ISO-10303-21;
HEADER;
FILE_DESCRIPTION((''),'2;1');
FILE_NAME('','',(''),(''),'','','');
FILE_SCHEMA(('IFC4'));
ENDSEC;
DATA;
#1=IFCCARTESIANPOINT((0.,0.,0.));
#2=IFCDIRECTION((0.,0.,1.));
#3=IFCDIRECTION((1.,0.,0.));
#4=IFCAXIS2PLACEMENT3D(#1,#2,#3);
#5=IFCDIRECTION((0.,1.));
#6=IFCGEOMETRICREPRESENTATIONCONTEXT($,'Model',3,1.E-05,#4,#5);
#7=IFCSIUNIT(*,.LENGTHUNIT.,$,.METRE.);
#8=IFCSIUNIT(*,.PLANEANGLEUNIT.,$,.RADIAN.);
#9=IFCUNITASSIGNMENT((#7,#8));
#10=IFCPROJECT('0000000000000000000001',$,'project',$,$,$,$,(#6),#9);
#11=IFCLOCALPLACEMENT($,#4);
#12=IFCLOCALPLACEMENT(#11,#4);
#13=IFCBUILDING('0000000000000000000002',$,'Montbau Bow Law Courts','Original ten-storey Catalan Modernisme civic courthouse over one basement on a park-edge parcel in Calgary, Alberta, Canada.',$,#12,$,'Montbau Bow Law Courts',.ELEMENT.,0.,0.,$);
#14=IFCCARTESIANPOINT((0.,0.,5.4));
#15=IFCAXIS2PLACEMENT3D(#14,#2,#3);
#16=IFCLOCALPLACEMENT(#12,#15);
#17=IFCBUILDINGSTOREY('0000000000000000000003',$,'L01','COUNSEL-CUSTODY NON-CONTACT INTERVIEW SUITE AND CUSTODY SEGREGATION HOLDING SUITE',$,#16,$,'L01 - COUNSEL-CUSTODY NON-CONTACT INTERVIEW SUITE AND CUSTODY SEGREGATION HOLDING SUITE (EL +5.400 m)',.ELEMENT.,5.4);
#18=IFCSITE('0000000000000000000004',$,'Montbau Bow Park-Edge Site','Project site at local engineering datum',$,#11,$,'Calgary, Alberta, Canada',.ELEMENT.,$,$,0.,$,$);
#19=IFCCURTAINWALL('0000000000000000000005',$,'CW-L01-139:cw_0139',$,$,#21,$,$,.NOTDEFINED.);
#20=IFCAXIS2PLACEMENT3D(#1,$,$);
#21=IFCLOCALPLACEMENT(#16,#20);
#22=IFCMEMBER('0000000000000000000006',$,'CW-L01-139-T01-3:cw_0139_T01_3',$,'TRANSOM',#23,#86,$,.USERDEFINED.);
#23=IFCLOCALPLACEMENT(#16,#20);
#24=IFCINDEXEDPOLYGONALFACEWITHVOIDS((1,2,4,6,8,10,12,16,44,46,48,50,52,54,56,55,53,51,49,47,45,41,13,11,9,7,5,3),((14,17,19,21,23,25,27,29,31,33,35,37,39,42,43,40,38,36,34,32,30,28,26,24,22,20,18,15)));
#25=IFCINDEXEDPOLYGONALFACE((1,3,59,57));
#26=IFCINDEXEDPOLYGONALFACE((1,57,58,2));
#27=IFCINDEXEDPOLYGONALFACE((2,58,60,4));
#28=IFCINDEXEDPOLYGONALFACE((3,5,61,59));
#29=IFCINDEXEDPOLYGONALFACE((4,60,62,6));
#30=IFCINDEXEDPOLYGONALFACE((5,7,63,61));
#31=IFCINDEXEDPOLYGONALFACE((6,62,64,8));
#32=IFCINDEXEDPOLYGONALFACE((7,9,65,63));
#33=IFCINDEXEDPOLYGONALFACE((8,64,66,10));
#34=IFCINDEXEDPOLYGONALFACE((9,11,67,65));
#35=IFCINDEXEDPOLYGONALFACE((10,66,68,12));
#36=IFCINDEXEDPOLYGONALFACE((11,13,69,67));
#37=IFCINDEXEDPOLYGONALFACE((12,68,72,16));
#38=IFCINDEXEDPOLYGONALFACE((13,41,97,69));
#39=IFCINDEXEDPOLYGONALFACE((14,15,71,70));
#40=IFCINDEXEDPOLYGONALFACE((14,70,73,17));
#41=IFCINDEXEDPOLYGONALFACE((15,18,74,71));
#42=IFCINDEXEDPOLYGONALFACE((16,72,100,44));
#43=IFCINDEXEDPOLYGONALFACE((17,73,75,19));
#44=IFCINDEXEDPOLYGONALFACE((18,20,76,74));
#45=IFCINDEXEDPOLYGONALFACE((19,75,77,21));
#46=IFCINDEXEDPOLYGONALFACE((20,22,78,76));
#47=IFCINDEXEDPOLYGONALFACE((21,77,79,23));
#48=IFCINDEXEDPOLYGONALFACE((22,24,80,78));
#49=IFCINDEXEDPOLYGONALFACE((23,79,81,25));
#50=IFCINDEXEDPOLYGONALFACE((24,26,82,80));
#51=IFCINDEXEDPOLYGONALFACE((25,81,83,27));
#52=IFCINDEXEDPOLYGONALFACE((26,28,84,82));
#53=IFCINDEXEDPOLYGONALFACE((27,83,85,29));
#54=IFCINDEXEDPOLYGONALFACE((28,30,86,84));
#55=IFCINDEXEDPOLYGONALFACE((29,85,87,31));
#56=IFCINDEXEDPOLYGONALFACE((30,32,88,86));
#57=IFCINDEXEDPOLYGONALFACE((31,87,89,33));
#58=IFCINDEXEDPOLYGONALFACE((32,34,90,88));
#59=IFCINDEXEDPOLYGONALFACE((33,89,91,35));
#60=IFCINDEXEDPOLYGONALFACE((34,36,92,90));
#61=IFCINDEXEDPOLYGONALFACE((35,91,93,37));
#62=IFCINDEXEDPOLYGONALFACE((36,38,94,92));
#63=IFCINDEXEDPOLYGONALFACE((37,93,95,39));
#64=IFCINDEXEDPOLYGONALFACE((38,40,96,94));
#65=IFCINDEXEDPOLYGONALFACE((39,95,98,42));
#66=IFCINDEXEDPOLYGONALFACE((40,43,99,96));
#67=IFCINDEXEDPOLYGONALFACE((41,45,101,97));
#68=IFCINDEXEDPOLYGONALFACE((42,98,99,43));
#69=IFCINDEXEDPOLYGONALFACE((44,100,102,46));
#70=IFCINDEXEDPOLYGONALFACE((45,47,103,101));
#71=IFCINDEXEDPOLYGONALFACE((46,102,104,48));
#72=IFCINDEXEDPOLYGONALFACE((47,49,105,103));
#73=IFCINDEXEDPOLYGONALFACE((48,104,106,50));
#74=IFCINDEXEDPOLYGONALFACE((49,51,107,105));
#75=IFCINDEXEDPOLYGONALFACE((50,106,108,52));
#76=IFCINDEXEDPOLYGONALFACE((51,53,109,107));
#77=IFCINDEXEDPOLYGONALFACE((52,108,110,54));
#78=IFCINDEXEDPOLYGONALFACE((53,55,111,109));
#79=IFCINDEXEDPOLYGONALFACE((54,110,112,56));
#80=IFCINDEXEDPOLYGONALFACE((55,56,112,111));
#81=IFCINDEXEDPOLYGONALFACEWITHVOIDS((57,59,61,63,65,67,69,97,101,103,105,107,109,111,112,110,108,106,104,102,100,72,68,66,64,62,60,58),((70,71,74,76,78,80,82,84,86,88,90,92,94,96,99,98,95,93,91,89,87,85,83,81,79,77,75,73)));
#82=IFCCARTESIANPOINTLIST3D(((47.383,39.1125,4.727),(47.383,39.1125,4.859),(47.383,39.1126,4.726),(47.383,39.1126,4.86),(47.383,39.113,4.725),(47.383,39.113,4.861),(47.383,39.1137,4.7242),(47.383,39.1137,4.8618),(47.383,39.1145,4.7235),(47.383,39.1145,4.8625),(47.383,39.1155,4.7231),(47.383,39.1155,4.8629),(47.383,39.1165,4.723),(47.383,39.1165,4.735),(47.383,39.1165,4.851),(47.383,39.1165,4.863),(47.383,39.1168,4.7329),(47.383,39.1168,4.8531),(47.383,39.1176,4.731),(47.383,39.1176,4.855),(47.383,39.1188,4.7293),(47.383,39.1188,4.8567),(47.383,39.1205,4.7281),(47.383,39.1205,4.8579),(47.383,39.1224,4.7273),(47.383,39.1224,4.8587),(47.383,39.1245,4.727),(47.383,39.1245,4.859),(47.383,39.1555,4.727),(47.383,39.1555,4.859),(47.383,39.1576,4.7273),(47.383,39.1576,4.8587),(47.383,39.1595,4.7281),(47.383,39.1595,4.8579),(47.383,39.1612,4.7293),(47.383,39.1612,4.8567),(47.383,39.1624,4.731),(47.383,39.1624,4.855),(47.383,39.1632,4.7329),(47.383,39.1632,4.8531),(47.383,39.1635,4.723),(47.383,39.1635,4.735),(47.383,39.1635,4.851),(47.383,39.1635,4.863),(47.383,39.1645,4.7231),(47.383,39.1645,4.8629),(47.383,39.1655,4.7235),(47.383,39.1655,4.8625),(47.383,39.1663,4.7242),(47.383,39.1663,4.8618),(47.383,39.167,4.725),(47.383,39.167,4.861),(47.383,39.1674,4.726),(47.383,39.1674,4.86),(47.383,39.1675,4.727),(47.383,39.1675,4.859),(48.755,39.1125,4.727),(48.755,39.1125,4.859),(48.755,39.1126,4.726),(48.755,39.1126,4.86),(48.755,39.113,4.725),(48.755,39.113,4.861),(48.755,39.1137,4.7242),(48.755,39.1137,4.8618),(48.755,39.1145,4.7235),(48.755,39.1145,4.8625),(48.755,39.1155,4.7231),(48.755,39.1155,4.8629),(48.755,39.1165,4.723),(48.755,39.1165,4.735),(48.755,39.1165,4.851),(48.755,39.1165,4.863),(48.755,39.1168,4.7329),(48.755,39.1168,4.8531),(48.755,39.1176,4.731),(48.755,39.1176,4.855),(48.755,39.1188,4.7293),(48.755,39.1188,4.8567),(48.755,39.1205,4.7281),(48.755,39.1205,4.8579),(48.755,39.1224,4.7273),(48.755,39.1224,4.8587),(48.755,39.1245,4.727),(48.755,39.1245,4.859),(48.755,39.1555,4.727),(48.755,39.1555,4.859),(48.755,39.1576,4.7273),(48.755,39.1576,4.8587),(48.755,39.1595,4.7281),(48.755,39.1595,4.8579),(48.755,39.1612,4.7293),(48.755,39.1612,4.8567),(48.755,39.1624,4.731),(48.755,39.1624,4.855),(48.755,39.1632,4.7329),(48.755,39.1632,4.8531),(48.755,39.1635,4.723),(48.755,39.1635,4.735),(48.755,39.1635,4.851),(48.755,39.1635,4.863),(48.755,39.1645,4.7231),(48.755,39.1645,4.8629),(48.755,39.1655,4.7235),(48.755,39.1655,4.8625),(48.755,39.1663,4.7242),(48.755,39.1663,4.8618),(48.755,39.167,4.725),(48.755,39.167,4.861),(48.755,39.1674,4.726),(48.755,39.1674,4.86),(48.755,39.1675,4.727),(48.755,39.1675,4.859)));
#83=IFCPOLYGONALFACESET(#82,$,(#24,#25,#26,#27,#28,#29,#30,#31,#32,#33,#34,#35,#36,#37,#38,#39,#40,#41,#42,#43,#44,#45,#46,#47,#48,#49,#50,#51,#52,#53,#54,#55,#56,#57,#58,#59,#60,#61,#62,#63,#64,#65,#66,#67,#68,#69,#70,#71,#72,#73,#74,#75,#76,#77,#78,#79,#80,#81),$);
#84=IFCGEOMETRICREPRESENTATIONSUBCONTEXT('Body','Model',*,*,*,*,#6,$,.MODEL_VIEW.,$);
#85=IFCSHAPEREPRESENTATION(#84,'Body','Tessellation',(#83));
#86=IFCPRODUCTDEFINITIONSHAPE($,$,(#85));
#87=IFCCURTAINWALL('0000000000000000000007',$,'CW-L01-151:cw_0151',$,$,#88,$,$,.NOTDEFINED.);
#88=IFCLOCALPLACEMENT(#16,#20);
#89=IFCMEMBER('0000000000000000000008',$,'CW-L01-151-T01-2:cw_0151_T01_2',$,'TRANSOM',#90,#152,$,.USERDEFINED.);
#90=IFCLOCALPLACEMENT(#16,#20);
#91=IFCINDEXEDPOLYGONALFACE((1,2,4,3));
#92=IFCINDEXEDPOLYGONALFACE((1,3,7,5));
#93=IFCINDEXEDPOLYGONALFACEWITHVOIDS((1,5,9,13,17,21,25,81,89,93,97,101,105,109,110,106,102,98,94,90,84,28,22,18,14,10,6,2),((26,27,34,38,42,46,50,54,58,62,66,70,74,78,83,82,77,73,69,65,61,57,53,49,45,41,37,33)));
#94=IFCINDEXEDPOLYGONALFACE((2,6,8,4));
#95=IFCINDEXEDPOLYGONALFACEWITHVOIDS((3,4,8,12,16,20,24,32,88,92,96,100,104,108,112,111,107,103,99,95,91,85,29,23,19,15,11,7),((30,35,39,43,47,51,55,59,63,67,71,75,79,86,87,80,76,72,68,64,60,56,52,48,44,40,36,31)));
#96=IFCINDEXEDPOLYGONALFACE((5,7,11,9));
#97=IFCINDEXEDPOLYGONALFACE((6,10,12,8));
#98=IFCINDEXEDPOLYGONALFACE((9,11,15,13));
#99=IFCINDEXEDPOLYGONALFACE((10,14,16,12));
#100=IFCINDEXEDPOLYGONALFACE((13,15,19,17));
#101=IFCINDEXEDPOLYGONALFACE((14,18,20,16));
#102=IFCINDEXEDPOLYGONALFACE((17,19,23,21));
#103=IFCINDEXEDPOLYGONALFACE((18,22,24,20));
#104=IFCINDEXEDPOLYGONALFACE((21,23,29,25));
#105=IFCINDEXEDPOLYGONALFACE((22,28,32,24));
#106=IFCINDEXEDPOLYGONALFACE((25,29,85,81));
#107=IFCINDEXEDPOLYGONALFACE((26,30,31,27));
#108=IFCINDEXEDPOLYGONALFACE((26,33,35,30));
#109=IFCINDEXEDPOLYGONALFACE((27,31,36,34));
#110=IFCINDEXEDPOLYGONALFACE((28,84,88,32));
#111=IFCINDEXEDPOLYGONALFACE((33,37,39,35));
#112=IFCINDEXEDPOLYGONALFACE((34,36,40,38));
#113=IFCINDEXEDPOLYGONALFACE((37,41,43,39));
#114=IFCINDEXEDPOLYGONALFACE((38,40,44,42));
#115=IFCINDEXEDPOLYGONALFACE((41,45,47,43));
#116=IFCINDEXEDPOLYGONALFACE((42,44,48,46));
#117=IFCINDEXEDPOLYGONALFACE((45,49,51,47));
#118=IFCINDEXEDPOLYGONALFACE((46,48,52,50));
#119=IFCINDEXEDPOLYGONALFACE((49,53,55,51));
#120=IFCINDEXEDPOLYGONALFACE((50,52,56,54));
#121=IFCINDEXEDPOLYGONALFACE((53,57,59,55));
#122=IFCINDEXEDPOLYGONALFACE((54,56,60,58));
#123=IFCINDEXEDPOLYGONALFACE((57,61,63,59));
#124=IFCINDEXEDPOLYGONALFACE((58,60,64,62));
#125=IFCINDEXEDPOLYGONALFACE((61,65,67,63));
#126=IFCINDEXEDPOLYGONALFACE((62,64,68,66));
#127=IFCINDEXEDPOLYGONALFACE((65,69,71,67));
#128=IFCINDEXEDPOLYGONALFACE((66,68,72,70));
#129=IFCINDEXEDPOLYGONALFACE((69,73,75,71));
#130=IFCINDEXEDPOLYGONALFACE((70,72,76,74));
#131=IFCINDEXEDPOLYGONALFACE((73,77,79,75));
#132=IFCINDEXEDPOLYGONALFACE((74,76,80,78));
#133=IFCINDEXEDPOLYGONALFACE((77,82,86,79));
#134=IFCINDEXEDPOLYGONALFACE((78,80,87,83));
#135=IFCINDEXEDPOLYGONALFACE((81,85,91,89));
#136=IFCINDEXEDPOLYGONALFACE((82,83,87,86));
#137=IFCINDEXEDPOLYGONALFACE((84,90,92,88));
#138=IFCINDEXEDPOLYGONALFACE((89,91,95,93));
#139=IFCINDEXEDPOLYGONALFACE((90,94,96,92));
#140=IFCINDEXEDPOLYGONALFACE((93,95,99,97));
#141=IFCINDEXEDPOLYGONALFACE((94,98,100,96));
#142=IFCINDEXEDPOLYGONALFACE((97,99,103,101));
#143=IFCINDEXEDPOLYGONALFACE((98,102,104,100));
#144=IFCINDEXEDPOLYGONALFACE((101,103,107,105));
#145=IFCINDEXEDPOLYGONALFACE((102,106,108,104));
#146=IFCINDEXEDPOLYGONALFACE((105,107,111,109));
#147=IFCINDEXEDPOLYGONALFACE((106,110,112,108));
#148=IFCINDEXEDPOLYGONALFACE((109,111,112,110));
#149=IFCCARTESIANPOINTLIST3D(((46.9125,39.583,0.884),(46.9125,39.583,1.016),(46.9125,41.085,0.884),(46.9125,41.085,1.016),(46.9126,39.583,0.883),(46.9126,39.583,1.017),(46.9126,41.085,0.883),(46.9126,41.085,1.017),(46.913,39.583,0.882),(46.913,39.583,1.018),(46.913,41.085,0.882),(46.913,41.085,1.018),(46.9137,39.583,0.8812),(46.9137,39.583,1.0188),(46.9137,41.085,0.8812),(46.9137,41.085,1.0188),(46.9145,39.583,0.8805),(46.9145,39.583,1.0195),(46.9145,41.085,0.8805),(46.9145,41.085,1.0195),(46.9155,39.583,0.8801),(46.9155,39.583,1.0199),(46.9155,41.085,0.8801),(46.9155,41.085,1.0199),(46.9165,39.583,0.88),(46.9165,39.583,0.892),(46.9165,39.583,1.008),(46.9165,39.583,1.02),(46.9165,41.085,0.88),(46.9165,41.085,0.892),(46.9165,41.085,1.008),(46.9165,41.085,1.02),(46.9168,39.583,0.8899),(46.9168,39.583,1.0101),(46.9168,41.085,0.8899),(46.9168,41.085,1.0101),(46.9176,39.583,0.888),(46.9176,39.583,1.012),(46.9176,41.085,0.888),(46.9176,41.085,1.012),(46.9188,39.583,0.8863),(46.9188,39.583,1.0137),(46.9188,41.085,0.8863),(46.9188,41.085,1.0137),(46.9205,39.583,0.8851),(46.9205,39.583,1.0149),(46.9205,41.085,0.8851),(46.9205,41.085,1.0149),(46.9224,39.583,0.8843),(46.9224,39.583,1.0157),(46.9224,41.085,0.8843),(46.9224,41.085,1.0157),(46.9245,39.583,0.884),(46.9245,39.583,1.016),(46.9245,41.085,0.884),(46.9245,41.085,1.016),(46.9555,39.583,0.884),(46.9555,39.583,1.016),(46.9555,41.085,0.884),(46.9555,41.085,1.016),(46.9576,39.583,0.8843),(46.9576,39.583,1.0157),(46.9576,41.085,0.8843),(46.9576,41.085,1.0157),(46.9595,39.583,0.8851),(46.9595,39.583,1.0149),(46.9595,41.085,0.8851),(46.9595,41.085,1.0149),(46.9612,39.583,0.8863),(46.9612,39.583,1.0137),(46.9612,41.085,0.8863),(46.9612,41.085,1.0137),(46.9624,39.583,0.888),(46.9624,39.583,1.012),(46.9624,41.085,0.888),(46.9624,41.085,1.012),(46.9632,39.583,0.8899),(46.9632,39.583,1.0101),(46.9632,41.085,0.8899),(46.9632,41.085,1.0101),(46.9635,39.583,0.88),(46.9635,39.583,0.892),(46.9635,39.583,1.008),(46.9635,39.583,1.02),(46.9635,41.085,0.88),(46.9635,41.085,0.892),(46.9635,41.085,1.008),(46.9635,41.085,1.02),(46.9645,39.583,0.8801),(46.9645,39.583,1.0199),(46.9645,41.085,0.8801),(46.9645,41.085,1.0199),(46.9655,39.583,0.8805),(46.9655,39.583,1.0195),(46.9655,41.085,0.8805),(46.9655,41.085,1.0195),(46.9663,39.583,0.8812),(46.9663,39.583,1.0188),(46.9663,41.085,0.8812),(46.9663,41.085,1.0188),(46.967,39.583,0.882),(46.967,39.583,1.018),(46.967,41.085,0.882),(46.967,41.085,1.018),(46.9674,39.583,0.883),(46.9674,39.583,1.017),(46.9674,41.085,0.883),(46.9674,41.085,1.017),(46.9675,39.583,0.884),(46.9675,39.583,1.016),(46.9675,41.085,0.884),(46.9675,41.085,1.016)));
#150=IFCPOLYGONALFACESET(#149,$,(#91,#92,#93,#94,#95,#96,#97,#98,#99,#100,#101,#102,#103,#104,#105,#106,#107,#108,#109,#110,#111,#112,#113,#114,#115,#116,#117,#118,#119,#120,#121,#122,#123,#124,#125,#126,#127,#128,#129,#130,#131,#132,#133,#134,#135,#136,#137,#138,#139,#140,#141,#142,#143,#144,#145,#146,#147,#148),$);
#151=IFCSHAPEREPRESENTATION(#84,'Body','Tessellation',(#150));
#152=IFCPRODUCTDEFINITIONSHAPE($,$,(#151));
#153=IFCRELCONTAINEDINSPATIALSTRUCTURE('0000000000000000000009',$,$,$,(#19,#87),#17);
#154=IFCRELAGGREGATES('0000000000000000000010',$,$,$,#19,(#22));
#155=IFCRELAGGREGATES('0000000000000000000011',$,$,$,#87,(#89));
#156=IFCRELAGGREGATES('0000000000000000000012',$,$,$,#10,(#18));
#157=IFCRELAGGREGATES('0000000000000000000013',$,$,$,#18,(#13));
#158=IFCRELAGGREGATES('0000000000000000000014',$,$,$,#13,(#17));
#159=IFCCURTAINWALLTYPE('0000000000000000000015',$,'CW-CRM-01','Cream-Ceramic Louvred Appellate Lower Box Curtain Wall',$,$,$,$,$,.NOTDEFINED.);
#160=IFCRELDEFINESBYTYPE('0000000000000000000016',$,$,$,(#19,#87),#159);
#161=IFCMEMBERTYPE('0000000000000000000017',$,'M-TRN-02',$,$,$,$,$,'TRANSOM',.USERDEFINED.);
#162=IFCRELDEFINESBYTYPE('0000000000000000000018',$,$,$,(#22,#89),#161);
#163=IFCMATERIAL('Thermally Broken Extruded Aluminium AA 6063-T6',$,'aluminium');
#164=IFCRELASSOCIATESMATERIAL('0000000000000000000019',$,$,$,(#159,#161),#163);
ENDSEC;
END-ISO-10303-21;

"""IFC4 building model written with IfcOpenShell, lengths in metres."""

from ifc_helpers import new_model, si_unit, direction, frame, origin_with_axes, origin_2d_with_axis, place, context, subcontext, project, spatial, hollow_rectangle, extrude, material, material_profile, profile_set, type_object, element, aggregate, save


model = new_model("IFC4")

# Units and contexts
model_context = context("Model", 3, precision=1e-05, world=origin_with_axes(), true_north=direction((0.0, 1.0)))
body_context = subcontext(model_context, "Body", "Model", "MODEL_VIEW")
ifc_project = project(units=[si_unit("LENGTHUNIT", "METRE"), si_unit("PLANEANGLEUNIT", "RADIAN")], contexts=[model_context])

# Site, building, storey
site_placement = place(None, origin_with_axes())
site = spatial("IfcSite", under=ifc_project, at=site_placement, Name="Montbau Bow Park-Edge Site", Description="Project site at local engineering datum", LongName="Calgary, Alberta, Canada", CompositionType="ELEMENT", RefElevation=0.0)
building_placement = place(site_placement, origin_with_axes())
building = spatial("IfcBuilding", under=site, at=building_placement, Name="Montbau Bow Law Courts", Description="Original ten-storey Catalan Modernisme civic courthouse over one basement on a park-edge parcel in Calgary, Alberta, Canada.", LongName="Montbau Bow Law Courts", CompositionType="ELEMENT", ElevationOfRefHeight=0.0, ElevationOfTerrain=0.0)
storey_placement = place(building_placement, frame((0.0, 0.0, 5.4), z_axis=(0.0, 0.0, 1.0), x_axis=(1.0, 0.0, 0.0)))
storey = spatial("IfcBuildingStorey", under=building, at=storey_placement, Name="L01", Description="COUNSEL-CUSTODY NON-CONTACT INTERVIEW SUITE AND CUSTODY SEGREGATION HOLDING SUITE", LongName="L01 - COUNSEL-CUSTODY NON-CONTACT INTERVIEW SUITE AND CUSTODY SEGREGATION HOLDING SUITE (EL +5.400 m)", CompositionType="ELEMENT", Elevation=5.4)

# Curtain walls, members
ifc_material_1 = material(Name="Thermally Broken Extruded Aluminium AA 6063-T6", Category="aluminium")
curtain_wall_type_1 = type_object("IfcCurtainWallType", Name="CW-CRM-01", Description="Cream-Ceramic Louvred Appellate Lower Box Curtain Wall", PredefinedType="NOTDEFINED", material=ifc_material_1)
curtain_wall_1_placement = place(None, frame((47.315, 39.14, 5.4), z_axis=(0.0, 0.0, 1.0), x_axis=(1.0, 0.0, 0.0)))
curtain_wall_1 = element("IfcCurtainWall", 1, at=curtain_wall_1_placement, inside=storey, type_object=curtain_wall_type_1, Name="CW-L01-139:cw_0139", PredefinedType="NOTDEFINED")
ifc_material_profile_1 = material_profile(ifc_material_1, hollow_rectangle(XDim=0.055, YDim=0.14, WallThickness=0.004, InnerFilletRadius=0.008, OuterFilletRadius=0.004, at=origin_2d_with_axis()), Name="CWT-140X55", Category="Main", Priority=0)
ifc_profile_set_1 = profile_set([ifc_material_profile_1], Name="Thermally Broken Extruded Aluminium AA 6063-T6")
member_type_1 = type_object("IfcMemberType", Name="M-TRN-02", ElementType="TRANSOM", PredefinedType="USERDEFINED", material=ifc_profile_set_1)
member_1_placement = place(None, frame((47.383, 39.14, 10.193), z_axis=(1.0, 0.0, 0.0), x_axis=(0.0, 1.0, 0.0)))
member_1 = element("IfcMember", 2, at=member_1_placement, type_object=member_type_1, Name="CW-L01-139-T01-3:cw_0139_T01_3", ObjectType="TRANSOM", PredefinedType="USERDEFINED", context=body_context, shape_type="SweptSolid", body=[
    extrude(hollow_rectangle(XDim=0.055, YDim=0.14, WallThickness=0.004, InnerFilletRadius=0.008, OuterFilletRadius=0.004, at=origin_2d_with_axis()), origin_with_axes(), (0.0, 0.0, 1.0), 1.372),
])
curtain_wall_2_placement = place(None, frame((46.94, 39.515, 5.4), z_axis=(0.0, 0.0, 1.0), x_axis=(1.0, 0.0, 0.0)))
curtain_wall_2 = element("IfcCurtainWall", 3, at=curtain_wall_2_placement, inside=storey, type_object=curtain_wall_type_1, Name="CW-L01-151:cw_0151", PredefinedType="NOTDEFINED")
member_2_placement = place(None, frame((46.94, 39.583, 6.35), z_axis=(0.0, 1.0, 0.0), x_axis=(-1.0, 0.0, 0.0)))
member_2 = element("IfcMember", 4, at=member_2_placement, type_object=member_type_1, Name="CW-L01-151-T01-2:cw_0151_T01_2", ObjectType="TRANSOM", PredefinedType="USERDEFINED", context=body_context, shape_type="SweptSolid", body=[
    extrude(hollow_rectangle(XDim=0.055, YDim=0.14, WallThickness=0.004, InnerFilletRadius=0.008, OuterFilletRadius=0.004, at=origin_2d_with_axis()), origin_with_axes(), (0.0, 0.0, 1.0), 1.502),
])

aggregate(curtain_wall_1, [member_1])
aggregate(curtain_wall_2, [member_2])

save(model, "model.ifc")
